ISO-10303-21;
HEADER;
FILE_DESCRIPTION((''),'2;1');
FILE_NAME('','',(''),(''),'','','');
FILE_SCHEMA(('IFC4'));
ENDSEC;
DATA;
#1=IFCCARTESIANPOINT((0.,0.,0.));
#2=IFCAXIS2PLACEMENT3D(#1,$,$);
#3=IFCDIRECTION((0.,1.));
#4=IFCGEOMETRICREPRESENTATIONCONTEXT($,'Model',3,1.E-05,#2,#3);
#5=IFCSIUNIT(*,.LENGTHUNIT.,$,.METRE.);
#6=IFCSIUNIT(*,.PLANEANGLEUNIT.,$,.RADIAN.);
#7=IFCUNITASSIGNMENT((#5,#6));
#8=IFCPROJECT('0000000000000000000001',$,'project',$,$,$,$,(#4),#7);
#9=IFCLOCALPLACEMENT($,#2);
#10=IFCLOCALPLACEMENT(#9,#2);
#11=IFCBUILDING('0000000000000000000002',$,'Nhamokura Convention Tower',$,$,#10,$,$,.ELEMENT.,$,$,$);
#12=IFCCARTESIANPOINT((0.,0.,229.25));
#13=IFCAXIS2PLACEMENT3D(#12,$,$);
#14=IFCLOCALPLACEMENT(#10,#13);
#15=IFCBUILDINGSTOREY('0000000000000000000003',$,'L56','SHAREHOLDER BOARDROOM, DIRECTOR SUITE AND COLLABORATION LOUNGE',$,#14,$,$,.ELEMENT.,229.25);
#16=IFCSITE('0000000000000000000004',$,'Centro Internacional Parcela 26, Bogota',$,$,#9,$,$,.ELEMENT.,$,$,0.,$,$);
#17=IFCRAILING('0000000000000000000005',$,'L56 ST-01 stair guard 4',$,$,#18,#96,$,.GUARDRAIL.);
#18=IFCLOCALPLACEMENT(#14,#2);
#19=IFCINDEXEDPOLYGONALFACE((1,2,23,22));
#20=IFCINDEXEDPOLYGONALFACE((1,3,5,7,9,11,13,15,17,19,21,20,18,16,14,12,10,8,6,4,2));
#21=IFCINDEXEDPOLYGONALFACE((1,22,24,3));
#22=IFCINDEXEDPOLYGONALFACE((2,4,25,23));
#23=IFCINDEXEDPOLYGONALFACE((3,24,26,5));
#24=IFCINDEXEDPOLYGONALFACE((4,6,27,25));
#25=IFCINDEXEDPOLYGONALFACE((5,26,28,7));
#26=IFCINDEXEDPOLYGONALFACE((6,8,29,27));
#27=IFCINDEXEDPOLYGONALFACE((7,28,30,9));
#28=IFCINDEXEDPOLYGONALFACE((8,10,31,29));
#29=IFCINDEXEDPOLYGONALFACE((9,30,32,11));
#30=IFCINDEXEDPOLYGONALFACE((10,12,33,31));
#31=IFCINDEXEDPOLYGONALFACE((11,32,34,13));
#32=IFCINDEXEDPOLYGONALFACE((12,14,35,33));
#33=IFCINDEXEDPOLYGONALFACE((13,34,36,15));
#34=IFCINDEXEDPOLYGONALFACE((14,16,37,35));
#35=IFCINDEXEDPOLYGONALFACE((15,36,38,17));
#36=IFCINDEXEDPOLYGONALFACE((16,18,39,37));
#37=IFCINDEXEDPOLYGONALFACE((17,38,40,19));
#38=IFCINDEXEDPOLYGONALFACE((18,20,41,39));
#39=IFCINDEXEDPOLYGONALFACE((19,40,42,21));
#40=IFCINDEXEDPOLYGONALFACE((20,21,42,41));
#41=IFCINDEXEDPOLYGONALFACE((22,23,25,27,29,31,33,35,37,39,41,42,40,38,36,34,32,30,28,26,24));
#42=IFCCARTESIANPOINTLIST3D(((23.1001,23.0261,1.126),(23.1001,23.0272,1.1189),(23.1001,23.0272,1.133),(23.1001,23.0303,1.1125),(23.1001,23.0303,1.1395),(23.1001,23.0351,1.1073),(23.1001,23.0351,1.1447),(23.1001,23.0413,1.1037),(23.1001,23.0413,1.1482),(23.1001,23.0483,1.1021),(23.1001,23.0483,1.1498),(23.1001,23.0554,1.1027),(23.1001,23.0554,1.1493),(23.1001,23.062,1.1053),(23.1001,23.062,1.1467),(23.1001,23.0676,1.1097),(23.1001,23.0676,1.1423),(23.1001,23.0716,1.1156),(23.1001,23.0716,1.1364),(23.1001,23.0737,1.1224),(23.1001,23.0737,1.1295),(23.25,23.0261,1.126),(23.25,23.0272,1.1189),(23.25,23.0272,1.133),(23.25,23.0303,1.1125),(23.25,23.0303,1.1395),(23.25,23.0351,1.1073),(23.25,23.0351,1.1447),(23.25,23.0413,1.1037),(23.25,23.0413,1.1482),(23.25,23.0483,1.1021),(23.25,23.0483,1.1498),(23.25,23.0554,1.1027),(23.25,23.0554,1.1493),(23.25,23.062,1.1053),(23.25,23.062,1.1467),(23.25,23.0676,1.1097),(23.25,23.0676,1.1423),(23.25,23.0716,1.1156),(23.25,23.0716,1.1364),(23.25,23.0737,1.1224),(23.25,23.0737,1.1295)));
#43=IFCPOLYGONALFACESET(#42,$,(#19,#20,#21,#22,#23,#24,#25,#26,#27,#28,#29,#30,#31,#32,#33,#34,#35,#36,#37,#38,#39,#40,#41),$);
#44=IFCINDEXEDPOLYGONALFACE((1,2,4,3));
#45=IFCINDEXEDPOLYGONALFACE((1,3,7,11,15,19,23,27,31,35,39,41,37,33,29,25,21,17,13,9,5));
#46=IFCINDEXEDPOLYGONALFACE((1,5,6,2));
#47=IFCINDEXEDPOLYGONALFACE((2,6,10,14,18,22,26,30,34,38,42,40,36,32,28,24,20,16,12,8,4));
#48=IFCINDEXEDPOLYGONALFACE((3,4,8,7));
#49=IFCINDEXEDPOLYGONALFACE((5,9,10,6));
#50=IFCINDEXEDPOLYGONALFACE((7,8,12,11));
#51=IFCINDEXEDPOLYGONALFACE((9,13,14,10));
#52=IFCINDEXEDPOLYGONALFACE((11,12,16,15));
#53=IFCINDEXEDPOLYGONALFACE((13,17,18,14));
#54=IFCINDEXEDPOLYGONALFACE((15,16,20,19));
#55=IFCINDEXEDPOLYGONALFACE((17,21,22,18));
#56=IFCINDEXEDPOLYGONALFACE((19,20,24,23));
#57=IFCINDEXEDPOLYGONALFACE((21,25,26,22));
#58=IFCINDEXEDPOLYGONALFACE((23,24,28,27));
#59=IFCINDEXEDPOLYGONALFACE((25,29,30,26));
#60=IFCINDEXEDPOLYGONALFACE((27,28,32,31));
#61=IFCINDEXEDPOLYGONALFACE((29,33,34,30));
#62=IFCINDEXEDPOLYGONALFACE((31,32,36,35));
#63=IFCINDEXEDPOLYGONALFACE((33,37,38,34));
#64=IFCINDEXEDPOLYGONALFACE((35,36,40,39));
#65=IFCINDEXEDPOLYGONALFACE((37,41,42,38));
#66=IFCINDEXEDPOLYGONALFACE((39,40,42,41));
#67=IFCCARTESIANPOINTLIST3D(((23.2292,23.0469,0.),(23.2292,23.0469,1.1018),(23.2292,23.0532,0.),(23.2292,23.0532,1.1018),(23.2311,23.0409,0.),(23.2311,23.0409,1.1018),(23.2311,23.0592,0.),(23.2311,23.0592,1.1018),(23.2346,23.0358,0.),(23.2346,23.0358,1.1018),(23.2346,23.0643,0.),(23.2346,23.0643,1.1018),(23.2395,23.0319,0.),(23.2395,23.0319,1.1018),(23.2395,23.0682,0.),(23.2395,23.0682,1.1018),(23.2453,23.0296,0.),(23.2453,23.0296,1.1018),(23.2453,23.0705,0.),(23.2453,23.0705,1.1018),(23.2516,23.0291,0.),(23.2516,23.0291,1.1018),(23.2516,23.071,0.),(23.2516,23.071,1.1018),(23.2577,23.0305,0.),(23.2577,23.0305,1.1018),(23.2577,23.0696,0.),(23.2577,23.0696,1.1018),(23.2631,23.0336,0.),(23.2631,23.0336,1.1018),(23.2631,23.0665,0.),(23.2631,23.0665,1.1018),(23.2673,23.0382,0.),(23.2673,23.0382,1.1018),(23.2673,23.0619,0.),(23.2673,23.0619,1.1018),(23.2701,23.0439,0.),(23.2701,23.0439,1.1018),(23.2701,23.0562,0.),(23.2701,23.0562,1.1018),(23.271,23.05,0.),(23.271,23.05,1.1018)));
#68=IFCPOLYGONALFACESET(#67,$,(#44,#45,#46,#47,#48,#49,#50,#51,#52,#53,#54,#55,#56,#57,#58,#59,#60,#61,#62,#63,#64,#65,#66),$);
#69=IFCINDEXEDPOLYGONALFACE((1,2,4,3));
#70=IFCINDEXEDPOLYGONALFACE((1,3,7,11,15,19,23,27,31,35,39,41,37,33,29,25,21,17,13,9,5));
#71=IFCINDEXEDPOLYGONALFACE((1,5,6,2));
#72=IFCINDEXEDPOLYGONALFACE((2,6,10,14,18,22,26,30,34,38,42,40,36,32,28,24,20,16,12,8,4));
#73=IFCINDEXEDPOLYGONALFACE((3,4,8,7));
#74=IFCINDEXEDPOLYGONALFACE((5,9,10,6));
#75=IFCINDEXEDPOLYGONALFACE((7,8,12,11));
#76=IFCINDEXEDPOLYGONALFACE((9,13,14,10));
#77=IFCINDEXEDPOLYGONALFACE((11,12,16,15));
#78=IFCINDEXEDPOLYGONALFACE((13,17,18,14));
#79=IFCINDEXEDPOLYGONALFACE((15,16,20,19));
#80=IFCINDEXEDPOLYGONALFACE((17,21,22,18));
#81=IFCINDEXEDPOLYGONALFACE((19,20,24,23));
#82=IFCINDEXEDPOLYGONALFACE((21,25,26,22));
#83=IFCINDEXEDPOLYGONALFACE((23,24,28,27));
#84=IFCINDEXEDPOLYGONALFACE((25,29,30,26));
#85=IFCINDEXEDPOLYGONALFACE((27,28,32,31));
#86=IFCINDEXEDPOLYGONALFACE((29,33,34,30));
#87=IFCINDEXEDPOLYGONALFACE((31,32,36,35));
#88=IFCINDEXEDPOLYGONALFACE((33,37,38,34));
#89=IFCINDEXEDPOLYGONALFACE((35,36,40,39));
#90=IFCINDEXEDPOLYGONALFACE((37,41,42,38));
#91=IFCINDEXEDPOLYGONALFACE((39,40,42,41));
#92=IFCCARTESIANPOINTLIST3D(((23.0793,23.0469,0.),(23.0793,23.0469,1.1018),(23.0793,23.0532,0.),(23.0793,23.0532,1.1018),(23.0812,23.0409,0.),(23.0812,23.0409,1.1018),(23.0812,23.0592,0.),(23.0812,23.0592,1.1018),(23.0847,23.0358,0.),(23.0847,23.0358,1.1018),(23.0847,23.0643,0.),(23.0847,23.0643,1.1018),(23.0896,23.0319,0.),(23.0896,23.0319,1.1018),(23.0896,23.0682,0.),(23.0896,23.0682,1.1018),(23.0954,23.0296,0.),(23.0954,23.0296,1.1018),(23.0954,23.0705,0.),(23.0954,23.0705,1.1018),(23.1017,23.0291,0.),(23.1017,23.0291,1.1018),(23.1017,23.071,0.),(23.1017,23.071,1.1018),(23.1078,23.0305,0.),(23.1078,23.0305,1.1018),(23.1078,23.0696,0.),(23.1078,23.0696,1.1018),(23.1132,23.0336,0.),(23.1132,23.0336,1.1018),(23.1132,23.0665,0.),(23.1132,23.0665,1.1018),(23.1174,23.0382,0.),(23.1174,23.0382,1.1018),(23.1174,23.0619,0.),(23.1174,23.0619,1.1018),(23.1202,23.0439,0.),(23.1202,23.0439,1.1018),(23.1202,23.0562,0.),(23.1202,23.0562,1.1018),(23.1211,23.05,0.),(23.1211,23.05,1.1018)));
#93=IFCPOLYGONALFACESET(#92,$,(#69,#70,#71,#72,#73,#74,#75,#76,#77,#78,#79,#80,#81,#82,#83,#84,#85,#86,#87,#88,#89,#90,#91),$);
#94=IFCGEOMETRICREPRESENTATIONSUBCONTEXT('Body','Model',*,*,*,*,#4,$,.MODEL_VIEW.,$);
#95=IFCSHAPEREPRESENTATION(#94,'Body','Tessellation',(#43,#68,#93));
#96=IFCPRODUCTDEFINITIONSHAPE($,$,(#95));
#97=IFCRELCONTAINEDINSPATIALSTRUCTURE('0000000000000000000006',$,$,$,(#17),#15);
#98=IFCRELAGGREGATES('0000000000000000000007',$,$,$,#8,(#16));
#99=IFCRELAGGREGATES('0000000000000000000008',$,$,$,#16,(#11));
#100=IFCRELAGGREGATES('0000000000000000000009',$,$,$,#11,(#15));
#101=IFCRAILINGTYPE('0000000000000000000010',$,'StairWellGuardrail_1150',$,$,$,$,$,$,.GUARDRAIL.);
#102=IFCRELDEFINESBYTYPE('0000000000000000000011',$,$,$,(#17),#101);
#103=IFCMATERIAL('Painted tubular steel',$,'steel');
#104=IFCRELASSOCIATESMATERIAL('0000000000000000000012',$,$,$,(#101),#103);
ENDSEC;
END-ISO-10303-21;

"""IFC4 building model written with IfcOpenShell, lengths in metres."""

from ifc_helpers import new_model, si_unit, direction, frame, origin, origin_2d, place, context, subcontext, project, spatial, circle, extrude, material, type_object, element, save


model = new_model("IFC4")

# Units and contexts
model_context = context("Model", 3, precision=1e-05, world=origin(), true_north=direction((0.0, 1.0)))
body_context = subcontext(model_context, "Body", "Model", "MODEL_VIEW")
ifc_project = project(units=[si_unit("LENGTHUNIT", "METRE"), si_unit("PLANEANGLEUNIT", "RADIAN")], contexts=[model_context])

# Site, building, storey
site_placement = place(None, origin())
site = spatial("IfcSite", under=ifc_project, at=site_placement, Name="Centro Internacional Parcela 26, Bogota", CompositionType="ELEMENT", RefElevation=0.0)
building_placement = place(site_placement, origin())
building = spatial("IfcBuilding", under=site, at=building_placement, Name="Nhamokura Convention Tower", CompositionType="ELEMENT")
storey_placement = place(building_placement, frame((0.0, 0.0, 229.25)))
storey = spatial("IfcBuildingStorey", under=building, at=storey_placement, Name="L56", Description="SHAREHOLDER BOARDROOM, DIRECTOR SUITE AND COLLABORATION LOUNGE", CompositionType="ELEMENT", Elevation=229.25)

# Railing
ifc_material_1 = material(Name="Painted tubular steel", Category="steel")
railing_type_1 = type_object("IfcRailingType", Name="StairWellGuardrail_1150", PredefinedType="GUARDRAIL", material=ifc_material_1)
railing_1_placement = place(storey_placement, frame((23.25, 23.05, 0.0)))
element("IfcRailing", 1, at=railing_1_placement, inside=storey, type_object=railing_type_1, Name="L56 ST-01 stair guard 4", PredefinedType="GUARDRAIL", context=body_context, shape_type="SweptSolid", body=[
    extrude(circle(Radius=0.0239, at=origin_2d()), frame((0.0, 0.0, 1.126), z_axis=(-1.0, 0.0, 0.0), x_axis=(0.0, -1.0, 0.0)), (0.0, 0.0, 1.0), 0.1499),
    extrude(circle(Radius=0.021, at=origin_2d()), origin(), (0.0, 0.0, 1.0), 1.1018),
    extrude(circle(Radius=0.021, at=origin_2d()), frame((-0.1499, 0.0, 0.0)), (0.0, 0.0, 1.0), 1.1018),
])

save(model, "model.ifc")
